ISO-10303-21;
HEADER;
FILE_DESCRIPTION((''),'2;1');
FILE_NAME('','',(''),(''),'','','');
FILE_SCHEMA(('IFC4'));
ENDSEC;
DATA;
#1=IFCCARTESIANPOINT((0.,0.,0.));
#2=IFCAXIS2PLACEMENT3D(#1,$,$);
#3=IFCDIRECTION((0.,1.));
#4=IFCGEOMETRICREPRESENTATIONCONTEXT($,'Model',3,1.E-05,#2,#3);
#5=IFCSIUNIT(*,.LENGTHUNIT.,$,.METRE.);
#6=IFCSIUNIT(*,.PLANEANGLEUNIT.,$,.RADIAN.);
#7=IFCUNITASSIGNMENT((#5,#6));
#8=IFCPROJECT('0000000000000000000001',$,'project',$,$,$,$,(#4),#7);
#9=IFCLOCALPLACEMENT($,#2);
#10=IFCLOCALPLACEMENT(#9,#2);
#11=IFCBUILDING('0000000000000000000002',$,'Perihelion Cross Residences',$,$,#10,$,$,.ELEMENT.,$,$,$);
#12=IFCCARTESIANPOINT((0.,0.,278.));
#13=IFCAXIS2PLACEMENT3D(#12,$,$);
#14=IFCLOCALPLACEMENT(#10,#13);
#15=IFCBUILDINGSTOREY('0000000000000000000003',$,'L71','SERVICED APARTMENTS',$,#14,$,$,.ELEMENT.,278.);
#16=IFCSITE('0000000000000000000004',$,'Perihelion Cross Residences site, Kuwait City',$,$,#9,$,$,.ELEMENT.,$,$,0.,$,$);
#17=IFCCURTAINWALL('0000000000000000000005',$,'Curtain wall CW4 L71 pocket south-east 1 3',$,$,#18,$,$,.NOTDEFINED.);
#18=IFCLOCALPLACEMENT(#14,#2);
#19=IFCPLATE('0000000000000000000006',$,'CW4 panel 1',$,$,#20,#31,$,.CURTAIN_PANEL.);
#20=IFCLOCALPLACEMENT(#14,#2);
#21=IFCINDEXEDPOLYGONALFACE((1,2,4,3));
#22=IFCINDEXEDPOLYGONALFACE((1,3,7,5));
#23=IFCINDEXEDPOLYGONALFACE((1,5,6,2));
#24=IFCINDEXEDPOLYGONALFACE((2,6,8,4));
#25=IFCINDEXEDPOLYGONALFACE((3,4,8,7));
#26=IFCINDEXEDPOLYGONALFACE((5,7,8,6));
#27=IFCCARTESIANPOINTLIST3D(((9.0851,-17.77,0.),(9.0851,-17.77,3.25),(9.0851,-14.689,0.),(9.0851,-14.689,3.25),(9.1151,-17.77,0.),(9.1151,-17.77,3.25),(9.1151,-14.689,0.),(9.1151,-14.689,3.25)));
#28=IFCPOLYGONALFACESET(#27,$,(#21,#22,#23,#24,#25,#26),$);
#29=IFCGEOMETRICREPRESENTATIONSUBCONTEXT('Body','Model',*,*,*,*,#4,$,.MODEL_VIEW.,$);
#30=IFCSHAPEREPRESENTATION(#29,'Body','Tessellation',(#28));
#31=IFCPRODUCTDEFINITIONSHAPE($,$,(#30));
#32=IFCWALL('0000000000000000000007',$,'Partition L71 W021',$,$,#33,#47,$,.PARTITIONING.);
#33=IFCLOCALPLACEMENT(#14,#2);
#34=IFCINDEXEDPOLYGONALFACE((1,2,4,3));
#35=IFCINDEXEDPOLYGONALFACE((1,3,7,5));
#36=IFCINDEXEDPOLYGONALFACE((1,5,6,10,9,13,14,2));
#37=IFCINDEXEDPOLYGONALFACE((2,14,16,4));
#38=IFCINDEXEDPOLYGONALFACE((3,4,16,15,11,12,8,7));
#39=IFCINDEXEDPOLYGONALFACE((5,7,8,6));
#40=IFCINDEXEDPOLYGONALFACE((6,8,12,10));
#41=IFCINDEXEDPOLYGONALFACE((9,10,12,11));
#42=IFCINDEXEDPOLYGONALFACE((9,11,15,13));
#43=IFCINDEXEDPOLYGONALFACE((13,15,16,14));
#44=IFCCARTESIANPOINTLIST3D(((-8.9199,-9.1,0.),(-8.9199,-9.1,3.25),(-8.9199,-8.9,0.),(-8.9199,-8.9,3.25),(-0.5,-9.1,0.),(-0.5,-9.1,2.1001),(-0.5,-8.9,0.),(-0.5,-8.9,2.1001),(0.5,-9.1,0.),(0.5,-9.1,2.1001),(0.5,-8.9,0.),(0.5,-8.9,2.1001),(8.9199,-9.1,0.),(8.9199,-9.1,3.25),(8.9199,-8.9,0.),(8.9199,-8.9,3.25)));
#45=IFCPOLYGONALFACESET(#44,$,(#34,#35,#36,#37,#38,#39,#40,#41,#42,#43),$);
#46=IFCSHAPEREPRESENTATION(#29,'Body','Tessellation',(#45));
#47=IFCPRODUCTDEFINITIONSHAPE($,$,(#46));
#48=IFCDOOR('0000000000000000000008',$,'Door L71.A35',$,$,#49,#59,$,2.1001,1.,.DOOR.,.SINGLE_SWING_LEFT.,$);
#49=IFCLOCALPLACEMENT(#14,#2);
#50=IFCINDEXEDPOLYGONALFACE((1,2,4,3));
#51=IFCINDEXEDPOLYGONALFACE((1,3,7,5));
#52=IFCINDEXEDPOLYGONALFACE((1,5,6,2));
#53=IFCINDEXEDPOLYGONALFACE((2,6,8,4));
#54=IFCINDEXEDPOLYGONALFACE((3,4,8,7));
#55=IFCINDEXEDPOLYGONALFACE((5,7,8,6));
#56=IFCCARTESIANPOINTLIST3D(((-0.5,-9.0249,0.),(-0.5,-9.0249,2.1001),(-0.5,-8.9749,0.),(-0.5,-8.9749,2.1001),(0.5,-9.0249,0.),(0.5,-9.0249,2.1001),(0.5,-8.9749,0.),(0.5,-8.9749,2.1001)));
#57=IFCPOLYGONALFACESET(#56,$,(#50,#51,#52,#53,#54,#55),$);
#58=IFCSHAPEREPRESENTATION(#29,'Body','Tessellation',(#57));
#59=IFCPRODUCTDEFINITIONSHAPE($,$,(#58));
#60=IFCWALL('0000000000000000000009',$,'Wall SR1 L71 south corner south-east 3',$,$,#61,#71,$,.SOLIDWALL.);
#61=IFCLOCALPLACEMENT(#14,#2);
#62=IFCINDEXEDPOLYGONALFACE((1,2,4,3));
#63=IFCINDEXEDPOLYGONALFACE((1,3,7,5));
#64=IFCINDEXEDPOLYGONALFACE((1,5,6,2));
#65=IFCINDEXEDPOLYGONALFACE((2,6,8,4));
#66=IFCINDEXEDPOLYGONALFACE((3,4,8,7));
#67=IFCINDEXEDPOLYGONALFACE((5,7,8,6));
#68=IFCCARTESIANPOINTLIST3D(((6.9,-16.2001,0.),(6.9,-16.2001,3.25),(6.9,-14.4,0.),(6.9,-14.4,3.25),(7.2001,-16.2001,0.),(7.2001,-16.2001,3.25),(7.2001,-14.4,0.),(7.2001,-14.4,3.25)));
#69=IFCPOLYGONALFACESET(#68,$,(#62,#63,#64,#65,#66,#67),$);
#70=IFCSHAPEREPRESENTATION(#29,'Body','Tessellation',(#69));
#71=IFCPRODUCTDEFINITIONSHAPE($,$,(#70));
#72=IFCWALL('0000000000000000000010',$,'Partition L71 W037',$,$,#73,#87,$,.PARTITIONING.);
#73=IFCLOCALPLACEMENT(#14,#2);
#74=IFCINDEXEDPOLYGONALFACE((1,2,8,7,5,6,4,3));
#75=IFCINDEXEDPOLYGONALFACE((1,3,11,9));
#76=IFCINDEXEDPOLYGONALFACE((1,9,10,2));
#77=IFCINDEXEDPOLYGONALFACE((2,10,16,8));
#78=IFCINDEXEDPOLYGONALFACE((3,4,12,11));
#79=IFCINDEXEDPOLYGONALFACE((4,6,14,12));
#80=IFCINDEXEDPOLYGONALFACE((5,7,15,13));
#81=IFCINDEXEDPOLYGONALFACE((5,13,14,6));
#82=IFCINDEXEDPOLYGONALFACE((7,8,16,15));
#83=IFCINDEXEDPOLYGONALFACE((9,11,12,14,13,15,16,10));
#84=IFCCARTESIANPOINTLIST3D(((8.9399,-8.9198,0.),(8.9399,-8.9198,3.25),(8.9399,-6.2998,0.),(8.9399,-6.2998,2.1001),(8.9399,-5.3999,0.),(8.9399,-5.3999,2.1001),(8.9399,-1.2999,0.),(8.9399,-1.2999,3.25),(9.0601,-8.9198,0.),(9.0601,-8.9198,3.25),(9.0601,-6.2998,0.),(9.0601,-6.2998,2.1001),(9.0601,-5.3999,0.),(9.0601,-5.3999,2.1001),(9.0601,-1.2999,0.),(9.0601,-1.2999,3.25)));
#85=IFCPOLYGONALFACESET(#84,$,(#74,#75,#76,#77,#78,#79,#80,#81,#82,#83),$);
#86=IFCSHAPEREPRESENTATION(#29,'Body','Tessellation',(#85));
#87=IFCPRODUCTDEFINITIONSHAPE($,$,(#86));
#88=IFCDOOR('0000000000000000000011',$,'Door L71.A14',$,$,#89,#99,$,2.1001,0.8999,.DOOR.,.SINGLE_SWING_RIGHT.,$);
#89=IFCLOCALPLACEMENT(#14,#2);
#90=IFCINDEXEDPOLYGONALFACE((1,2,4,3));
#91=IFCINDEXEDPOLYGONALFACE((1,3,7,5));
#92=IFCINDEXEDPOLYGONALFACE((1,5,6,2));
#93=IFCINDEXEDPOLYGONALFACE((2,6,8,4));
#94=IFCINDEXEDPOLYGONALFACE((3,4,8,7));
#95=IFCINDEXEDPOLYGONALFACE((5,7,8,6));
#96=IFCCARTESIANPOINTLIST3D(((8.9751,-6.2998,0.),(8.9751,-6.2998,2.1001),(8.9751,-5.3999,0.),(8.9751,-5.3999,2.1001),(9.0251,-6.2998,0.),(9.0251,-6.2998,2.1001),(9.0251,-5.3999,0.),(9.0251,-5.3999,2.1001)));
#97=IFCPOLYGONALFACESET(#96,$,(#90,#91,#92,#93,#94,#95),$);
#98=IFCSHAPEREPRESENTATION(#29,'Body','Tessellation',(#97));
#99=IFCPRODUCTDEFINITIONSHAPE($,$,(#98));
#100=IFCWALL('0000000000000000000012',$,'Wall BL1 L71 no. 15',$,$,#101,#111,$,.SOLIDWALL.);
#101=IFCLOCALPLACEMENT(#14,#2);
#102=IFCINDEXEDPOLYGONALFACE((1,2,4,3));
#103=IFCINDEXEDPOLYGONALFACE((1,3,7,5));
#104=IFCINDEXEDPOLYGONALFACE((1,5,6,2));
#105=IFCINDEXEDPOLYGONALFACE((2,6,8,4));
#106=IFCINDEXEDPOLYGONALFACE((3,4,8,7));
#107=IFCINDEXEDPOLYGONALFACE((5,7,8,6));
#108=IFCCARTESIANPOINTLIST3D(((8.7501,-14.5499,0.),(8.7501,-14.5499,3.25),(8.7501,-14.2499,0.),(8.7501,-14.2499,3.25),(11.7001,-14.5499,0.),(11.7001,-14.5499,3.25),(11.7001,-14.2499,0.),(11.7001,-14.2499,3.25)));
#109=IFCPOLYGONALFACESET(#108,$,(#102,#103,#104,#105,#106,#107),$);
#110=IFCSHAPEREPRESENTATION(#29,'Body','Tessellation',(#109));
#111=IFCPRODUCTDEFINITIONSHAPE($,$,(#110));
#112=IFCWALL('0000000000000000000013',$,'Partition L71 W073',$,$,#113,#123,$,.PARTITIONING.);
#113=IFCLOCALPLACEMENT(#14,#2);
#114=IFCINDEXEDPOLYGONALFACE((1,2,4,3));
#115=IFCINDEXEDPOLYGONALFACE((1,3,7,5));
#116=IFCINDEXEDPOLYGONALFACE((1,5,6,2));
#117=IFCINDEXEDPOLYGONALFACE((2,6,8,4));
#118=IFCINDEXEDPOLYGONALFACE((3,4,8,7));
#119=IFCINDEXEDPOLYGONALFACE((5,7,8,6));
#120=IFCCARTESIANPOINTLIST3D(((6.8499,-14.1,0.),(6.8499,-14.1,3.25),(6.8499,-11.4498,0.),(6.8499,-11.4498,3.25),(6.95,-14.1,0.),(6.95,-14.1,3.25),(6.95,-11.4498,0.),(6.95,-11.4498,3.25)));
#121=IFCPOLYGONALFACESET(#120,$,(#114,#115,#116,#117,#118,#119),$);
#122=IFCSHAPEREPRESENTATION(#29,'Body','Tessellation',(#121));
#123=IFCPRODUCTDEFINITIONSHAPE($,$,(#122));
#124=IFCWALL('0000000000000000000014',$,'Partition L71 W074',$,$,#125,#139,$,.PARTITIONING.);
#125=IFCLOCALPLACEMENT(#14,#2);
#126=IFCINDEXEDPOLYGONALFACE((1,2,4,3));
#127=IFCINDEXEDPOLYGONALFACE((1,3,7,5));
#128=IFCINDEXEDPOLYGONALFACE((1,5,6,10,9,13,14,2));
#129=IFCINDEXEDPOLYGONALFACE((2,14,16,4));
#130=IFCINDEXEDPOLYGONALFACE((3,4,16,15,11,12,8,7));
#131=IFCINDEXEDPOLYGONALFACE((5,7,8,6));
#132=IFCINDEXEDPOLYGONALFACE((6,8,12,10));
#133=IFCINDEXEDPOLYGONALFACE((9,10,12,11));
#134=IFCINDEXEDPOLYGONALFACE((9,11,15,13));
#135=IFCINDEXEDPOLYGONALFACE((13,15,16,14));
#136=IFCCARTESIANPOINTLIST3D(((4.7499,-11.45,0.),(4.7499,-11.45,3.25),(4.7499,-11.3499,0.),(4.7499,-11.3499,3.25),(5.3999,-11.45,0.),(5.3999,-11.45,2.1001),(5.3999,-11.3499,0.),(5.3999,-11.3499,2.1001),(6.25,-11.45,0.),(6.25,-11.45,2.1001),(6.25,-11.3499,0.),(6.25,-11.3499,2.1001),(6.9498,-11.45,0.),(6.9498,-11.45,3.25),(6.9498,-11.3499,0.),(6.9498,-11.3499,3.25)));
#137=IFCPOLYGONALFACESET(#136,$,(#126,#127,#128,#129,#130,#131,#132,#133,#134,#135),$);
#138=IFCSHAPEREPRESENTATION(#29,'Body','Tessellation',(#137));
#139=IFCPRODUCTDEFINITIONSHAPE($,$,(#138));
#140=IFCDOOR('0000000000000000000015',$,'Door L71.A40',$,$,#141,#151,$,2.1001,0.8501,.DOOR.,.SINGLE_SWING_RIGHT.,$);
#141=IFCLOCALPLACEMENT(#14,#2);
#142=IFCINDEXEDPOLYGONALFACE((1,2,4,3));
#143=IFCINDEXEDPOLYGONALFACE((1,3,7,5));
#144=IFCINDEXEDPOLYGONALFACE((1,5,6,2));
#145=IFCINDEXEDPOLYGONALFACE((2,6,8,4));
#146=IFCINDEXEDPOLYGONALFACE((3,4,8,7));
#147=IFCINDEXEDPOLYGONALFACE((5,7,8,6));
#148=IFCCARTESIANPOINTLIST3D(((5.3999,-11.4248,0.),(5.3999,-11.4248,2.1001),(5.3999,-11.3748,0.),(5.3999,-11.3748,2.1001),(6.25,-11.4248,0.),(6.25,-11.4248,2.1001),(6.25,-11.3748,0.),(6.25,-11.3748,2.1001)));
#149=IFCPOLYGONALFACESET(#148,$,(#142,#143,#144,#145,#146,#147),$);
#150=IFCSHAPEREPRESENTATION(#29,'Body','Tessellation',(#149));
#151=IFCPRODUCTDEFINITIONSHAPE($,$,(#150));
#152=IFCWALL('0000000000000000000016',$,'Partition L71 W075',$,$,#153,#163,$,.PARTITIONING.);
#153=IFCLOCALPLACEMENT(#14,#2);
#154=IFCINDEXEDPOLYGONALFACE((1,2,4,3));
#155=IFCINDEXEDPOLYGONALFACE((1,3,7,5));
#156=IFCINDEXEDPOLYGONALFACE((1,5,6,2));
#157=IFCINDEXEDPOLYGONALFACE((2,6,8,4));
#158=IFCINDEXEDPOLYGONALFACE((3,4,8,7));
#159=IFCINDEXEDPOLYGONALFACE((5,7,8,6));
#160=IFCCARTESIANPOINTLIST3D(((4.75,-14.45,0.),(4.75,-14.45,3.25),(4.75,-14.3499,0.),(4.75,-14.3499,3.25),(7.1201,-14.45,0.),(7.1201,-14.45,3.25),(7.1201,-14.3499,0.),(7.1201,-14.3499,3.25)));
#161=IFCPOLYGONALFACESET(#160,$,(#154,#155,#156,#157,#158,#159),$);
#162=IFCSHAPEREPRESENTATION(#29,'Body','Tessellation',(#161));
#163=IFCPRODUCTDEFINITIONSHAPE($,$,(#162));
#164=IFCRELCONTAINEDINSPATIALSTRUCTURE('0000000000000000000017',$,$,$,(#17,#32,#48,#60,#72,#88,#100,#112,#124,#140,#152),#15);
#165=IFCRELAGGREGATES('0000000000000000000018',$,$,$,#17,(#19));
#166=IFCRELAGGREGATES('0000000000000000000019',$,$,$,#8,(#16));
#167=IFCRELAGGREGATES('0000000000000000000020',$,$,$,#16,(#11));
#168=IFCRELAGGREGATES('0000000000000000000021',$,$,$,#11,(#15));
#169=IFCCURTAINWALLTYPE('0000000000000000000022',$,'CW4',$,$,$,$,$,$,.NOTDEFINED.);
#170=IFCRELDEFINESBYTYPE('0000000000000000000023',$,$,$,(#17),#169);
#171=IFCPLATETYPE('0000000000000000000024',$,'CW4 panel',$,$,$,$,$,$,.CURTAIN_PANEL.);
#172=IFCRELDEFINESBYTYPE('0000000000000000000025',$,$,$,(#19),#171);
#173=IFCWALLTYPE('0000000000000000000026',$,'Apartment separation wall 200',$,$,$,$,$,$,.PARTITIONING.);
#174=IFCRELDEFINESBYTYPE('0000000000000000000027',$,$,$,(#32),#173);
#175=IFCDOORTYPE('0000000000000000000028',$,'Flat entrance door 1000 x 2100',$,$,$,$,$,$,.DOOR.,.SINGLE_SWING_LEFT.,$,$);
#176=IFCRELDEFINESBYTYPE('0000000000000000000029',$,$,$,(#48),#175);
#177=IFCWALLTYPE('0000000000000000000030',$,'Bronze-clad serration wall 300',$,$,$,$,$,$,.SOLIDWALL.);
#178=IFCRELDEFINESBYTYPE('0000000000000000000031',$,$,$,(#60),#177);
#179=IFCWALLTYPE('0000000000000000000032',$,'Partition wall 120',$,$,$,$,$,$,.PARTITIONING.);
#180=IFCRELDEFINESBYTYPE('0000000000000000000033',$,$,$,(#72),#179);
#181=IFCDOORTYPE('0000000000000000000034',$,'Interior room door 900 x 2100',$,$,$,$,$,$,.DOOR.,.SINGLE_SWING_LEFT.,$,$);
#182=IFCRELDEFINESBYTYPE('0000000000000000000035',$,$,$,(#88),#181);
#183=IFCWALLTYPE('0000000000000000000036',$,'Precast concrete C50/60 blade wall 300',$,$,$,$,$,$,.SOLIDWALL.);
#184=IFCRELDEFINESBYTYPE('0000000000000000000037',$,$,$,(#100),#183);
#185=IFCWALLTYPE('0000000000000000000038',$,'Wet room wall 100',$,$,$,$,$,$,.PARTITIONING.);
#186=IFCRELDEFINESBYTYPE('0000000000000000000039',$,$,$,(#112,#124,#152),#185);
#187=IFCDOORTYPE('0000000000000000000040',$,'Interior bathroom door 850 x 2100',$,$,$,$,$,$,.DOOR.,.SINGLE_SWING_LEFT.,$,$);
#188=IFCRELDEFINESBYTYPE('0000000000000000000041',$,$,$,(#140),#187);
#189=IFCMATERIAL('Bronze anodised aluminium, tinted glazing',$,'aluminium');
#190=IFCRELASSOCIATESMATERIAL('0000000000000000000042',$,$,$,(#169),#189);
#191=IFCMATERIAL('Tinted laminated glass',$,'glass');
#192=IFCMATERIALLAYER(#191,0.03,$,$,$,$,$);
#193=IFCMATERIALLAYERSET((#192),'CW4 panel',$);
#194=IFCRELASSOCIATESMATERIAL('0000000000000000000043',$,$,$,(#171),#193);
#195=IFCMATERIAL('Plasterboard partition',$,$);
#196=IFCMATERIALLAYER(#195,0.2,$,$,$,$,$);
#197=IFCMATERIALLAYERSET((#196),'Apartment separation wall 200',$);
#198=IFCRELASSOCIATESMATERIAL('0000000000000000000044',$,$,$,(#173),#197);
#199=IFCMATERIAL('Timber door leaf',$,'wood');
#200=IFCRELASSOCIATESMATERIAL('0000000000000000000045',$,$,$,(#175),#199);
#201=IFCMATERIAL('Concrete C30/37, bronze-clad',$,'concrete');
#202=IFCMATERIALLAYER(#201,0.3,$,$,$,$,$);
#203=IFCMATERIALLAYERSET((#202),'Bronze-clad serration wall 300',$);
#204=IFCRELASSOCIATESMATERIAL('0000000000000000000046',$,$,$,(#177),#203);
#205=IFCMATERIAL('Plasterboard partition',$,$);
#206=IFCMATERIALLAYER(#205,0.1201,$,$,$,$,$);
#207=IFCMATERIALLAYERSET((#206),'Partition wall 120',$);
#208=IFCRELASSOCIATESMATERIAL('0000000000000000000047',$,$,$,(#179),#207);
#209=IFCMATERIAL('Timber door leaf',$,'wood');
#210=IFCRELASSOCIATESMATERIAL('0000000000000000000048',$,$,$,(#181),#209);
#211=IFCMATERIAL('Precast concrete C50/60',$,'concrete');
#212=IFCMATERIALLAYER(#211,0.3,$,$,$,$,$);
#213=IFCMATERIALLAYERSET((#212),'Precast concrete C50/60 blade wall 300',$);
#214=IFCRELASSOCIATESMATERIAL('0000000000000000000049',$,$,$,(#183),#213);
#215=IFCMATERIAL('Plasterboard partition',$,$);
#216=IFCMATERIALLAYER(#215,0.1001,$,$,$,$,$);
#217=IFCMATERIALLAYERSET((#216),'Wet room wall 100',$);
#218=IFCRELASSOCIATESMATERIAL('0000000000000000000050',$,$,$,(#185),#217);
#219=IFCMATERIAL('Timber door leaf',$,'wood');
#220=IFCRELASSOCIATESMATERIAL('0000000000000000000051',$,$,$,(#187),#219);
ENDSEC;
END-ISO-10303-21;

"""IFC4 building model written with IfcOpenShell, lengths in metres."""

from ifc_helpers import new_model, si_unit, direction, frame, frame_2d, origin, origin_2d, place, context, subcontext, project, spatial, rectangle, extrude, material, layer, layer_set, type_object, element, fill, aggregate, save


model = new_model("IFC4")

# Units and contexts
model_context = context("Model", 3, precision=1e-05, world=origin(), true_north=direction((0.0, 1.0)))
body_context = subcontext(model_context, "Body", "Model", "MODEL_VIEW")
ifc_project = project(units=[si_unit("LENGTHUNIT", "METRE"), si_unit("PLANEANGLEUNIT", "RADIAN")], contexts=[model_context])

# Site, building, storey
site_placement = place(None, origin())
site = spatial("IfcSite", under=ifc_project, at=site_placement, Name="Perihelion Cross Residences site, Kuwait City", CompositionType="ELEMENT", RefElevation=0.0)
building_placement = place(site_placement, origin())
building = spatial("IfcBuilding", under=site, at=building_placement, Name="Perihelion Cross Residences", CompositionType="ELEMENT")
storey_placement = place(building_placement, frame((0.0, 0.0, 278.0)))
storey = spatial("IfcBuildingStorey", under=building, at=storey_placement, Name="L71", Description="SERVICED APARTMENTS", CompositionType="ELEMENT", Elevation=278.0)

# Shared definitions
ifc_material_1 = material(Name="Bronze anodised aluminium, tinted glazing", Category="aluminium")
curtain_wall_type_1 = type_object("IfcCurtainWallType", Name="CW4", PredefinedType="NOTDEFINED", material=ifc_material_1)

# Curtain wall
curtain_wall_1_placement = place(storey_placement, origin())
curtain_wall_1 = element("IfcCurtainWall", 1, at=curtain_wall_1_placement, inside=storey, type_object=curtain_wall_type_1, Name="Curtain wall CW4 L71 pocket south-east 1 3", PredefinedType="NOTDEFINED")

# Plate
ifc_material_2 = material(Name="Tinted laminated glass", Category="glass")
ifc_layer_1 = layer(ifc_material_2, 0.03)
ifc_layer_set_1 = layer_set([ifc_layer_1], Name="CW4 panel")
plate_type_1 = type_object("IfcPlateType", Name="CW4 panel", PredefinedType="CURTAIN_PANEL", material=ifc_layer_set_1)
plate_1_placement = place(storey_placement, frame((9.1001, -16.2295, 0.0), z_axis=(0.0, 0.0, 1.0), x_axis=(0.0, 1.0, 0.0)))
plate_1 = element("IfcPlate", 2, at=plate_1_placement, type_object=plate_type_1, Name="CW4 panel 1", PredefinedType="CURTAIN_PANEL", context=body_context, shape_type="SweptSolid", body=[
    extrude(rectangle(XDim=3.0811, YDim=0.03, at=origin_2d()), origin(), (0.0, 0.0, 1.0), 3.25),
])
aggregate(curtain_wall_1, [plate_1])

# Wall, opening, door
ifc_material_3 = material(Name="Plasterboard partition")
ifc_layer_2 = layer(ifc_material_3, 0.2)
ifc_layer_set_2 = layer_set([ifc_layer_2], Name="Apartment separation wall 200")
wall_type_1 = type_object("IfcWallType", Name="Apartment separation wall 200", PredefinedType="PARTITIONING", material=ifc_layer_set_2)
wall_1_placement = place(storey_placement, frame((8.9199, -9.0, 0.0), z_axis=(0.0, 0.0, 1.0), x_axis=(-1.0, 0.0, 0.0)))
wall_1 = element("IfcWall", 3, at=wall_1_placement, inside=storey, type_object=wall_type_1, Name="Partition L71 W021", PredefinedType="PARTITIONING", context=body_context, shape_type="SweptSolid", body=[
    extrude(rectangle(XDim=17.8398, YDim=0.2, at=frame_2d((8.9199, 0.0))), origin(), (0.0, 0.0, 1.0), 3.25),
])
opening_1_placement = place(wall_1_placement, frame((8.4199, 0.0, 0.0)))
opening_1 = element("IfcOpeningElement", 4, at=opening_1_placement, cuts=wall_1, PredefinedType="OPENING", context=body_context, shape_type="SweptSolid", body=[
    extrude(rectangle(XDim=1.0, YDim=2.1001, at=frame_2d((0.5, 1.05))), frame((0.0, 0.1099, 0.0), z_axis=(0.0, -1.0, 0.0), x_axis=(1.0, 0.0, 0.0)), (0.0, 0.0, 1.0), 0.22),
])
ifc_material_4 = material(Name="Timber door leaf", Category="wood")
door_type_1 = type_object("IfcDoorType", Name="Flat entrance door 1000 x 2100", OperationType="SINGLE_SWING_LEFT", PredefinedType="DOOR", material=ifc_material_4)
door_1_placement = place(opening_1_placement, origin())
door_1 = element("IfcDoor", 5, at=door_1_placement, inside=storey, type_object=door_type_1, Name="Door L71.A35", OperationType="SINGLE_SWING_LEFT", OverallHeight=2.1001, OverallWidth=1.0, PredefinedType="DOOR", context=body_context, shape_type="SweptSolid", body=[
    extrude(rectangle(XDim=1.0, YDim=2.1001, at=frame_2d((0.5, 1.05))), frame((0.0, 0.0249, 0.0), z_axis=(0.0, -1.0, 0.0), x_axis=(1.0, 0.0, 0.0)), (0.0, 0.0, 1.0), 0.05),
])
fill(opening_1, door_1)

# Wall
ifc_material_5 = material(Name="Concrete C30/37, bronze-clad", Category="concrete")
ifc_layer_3 = layer(ifc_material_5, 0.3)
ifc_layer_set_3 = layer_set([ifc_layer_3], Name="Bronze-clad serration wall 300")
wall_type_2 = type_object("IfcWallType", Name="Bronze-clad serration wall 300", PredefinedType="SOLIDWALL", material=ifc_layer_set_3)
wall_2_placement = place(storey_placement, frame((7.05, -16.2, 0.0), z_axis=(0.0, 0.0, 1.0), x_axis=(0.0, 1.0, 0.0)))
element("IfcWall", 6, at=wall_2_placement, inside=storey, type_object=wall_type_2, Name="Wall SR1 L71 south corner south-east 3", PredefinedType="SOLIDWALL", context=body_context, shape_type="SweptSolid", body=[
    extrude(rectangle(XDim=1.8, YDim=0.3, at=frame_2d((0.8999, 0.0))), origin(), (0.0, 0.0, 1.0), 3.25),
])

# Wall, opening, door
ifc_material_6 = material(Name="Plasterboard partition")
ifc_layer_4 = layer(ifc_material_6, 0.1201)
ifc_layer_set_4 = layer_set([ifc_layer_4], Name="Partition wall 120")
wall_type_3 = type_object("IfcWallType", Name="Partition wall 120", PredefinedType="PARTITIONING", material=ifc_layer_set_4)
wall_3_placement = place(storey_placement, frame((9.0, -8.9199, 0.0), z_axis=(0.0, 0.0, 1.0), x_axis=(0.0, 1.0, 0.0)))
wall_3 = element("IfcWall", 7, at=wall_3_placement, inside=storey, type_object=wall_type_3, Name="Partition L71 W037", PredefinedType="PARTITIONING", context=body_context, shape_type="SweptSolid", body=[
    extrude(rectangle(XDim=7.6199, YDim=0.1201, at=frame_2d((3.8101, 0.0))), origin(), (0.0, 0.0, 1.0), 3.25),
])
opening_2_placement = place(wall_3_placement, frame((2.6201, 0.0, 0.0)))
opening_2 = element("IfcOpeningElement", 8, at=opening_2_placement, cuts=wall_3, PredefinedType="OPENING", context=body_context, shape_type="SweptSolid", body=[
    extrude(rectangle(XDim=0.8999, YDim=2.1001, at=frame_2d((0.45, 1.05))), frame((0.0, 0.0701, 0.0), z_axis=(0.0, -1.0, 0.0), x_axis=(1.0, 0.0, 0.0)), (0.0, 0.0, 1.0), 0.1401),
])
ifc_material_7 = material(Name="Timber door leaf", Category="wood")
door_type_2 = type_object("IfcDoorType", Name="Interior room door 900 x 2100", OperationType="SINGLE_SWING_LEFT", PredefinedType="DOOR", material=ifc_material_7)
door_2_placement = place(opening_2_placement, origin())
door_2 = element("IfcDoor", 9, at=door_2_placement, inside=storey, type_object=door_type_2, Name="Door L71.A14", OperationType="SINGLE_SWING_RIGHT", OverallHeight=2.1001, OverallWidth=0.8999, PredefinedType="DOOR", context=body_context, shape_type="SweptSolid", body=[
    extrude(rectangle(XDim=0.8999, YDim=2.1001, at=frame_2d((0.45, 1.05))), frame((0.0, 0.0249, 0.0), z_axis=(0.0, -1.0, 0.0), x_axis=(1.0, 0.0, 0.0)), (0.0, 0.0, 1.0), 0.05),
])
fill(opening_2, door_2)

# Walls
ifc_material_8 = material(Name="Precast concrete C50/60", Category="concrete")
ifc_layer_5 = layer(ifc_material_8, 0.3)
ifc_layer_set_5 = layer_set([ifc_layer_5], Name="Precast concrete C50/60 blade wall 300")
wall_type_4 = type_object("IfcWallType", Name="Precast concrete C50/60 blade wall 300", PredefinedType="SOLIDWALL", material=ifc_layer_set_5)
wall_4_placement = place(storey_placement, frame((8.75, -14.3999, 0.0), z_axis=(0.0, 0.0, 1.0), x_axis=(1.0, 0.0, 0.0)))
element("IfcWall", 10, at=wall_4_placement, inside=storey, type_object=wall_type_4, Name="Wall BL1 L71 no. 15", PredefinedType="SOLIDWALL", context=body_context, shape_type="SweptSolid", body=[
    extrude(rectangle(XDim=2.95, YDim=0.3, at=frame_2d((1.4751, 0.0))), origin(), (0.0, 0.0, 1.0), 3.25),
])
ifc_material_9 = material(Name="Plasterboard partition")
ifc_layer_6 = layer(ifc_material_9, 0.1001)
ifc_layer_set_6 = layer_set([ifc_layer_6], Name="Wet room wall 100")
wall_type_5 = type_object("IfcWallType", Name="Wet room wall 100", PredefinedType="PARTITIONING", material=ifc_layer_set_6)
wall_5_placement = place(storey_placement, frame((6.8999, -14.1001, 0.0), z_axis=(0.0, 0.0, 1.0), x_axis=(0.0, 1.0, 0.0)))
element("IfcWall", 11, at=wall_5_placement, inside=storey, type_object=wall_type_5, Name="Partition L71 W073", PredefinedType="PARTITIONING", context=body_context, shape_type="SweptSolid", body=[
    extrude(rectangle(XDim=2.6501, YDim=0.1001, at=frame_2d((1.3252, 0.0))), origin(), (0.0, 0.0, 1.0), 3.25),
])

# Wall, opening, door
wall_6_placement = place(storey_placement, frame((6.95, -11.3999, 0.0), z_axis=(0.0, 0.0, 1.0), x_axis=(-1.0, 0.0, 0.0)))
wall_6 = element("IfcWall", 12, at=wall_6_placement, inside=storey, type_object=wall_type_5, Name="Partition L71 W074", PredefinedType="PARTITIONING", context=body_context, shape_type="SweptSolid", body=[
    extrude(rectangle(XDim=2.2, YDim=0.1001, at=frame_2d((1.1001, 0.0))), origin(), (0.0, 0.0, 1.0), 3.25),
])
opening_3_placement = place(wall_6_placement, frame((0.7, 0.0, 0.0)))
opening_3 = element("IfcOpeningElement", 13, at=opening_3_placement, cuts=wall_6, PredefinedType="OPENING", context=body_context, shape_type="SweptSolid", body=[
    extrude(rectangle(XDim=0.8501, YDim=2.1001, at=frame_2d((0.425, 1.05))), frame((0.0, 0.0601, 0.0), z_axis=(0.0, -1.0, 0.0), x_axis=(1.0, 0.0, 0.0)), (0.0, 0.0, 1.0), 0.1201),
])
ifc_material_10 = material(Name="Timber door leaf", Category="wood")
door_type_3 = type_object("IfcDoorType", Name="Interior bathroom door 850 x 2100", OperationType="SINGLE_SWING_LEFT", PredefinedType="DOOR", material=ifc_material_10)
door_3_placement = place(opening_3_placement, origin())
door_3 = element("IfcDoor", 14, at=door_3_placement, inside=storey, type_object=door_type_3, Name="Door L71.A40", OperationType="SINGLE_SWING_RIGHT", OverallHeight=2.1001, OverallWidth=0.8501, PredefinedType="DOOR", context=body_context, shape_type="SweptSolid", body=[
    extrude(rectangle(XDim=0.8501, YDim=2.1001, at=frame_2d((0.425, 1.05))), frame((0.0, 0.0249, 0.0), z_axis=(0.0, -1.0, 0.0), x_axis=(1.0, 0.0, 0.0)), (0.0, 0.0, 1.0), 0.05),
])
fill(opening_3, door_3)

# Wall
wall_7_placement = place(storey_placement, frame((7.1201, -14.3999, 0.0), z_axis=(0.0, 0.0, 1.0), x_axis=(-1.0, 0.0, 0.0)))
element("IfcWall", 15, at=wall_7_placement, inside=storey, type_object=wall_type_5, Name="Partition L71 W075", PredefinedType="PARTITIONING", context=body_context, shape_type="SweptSolid", body=[
    extrude(rectangle(XDim=2.3701, YDim=0.1001, at=frame_2d((1.1851, 0.0))), origin(), (0.0, 0.0, 1.0), 3.25),
])

save(model, "model.ifc")
